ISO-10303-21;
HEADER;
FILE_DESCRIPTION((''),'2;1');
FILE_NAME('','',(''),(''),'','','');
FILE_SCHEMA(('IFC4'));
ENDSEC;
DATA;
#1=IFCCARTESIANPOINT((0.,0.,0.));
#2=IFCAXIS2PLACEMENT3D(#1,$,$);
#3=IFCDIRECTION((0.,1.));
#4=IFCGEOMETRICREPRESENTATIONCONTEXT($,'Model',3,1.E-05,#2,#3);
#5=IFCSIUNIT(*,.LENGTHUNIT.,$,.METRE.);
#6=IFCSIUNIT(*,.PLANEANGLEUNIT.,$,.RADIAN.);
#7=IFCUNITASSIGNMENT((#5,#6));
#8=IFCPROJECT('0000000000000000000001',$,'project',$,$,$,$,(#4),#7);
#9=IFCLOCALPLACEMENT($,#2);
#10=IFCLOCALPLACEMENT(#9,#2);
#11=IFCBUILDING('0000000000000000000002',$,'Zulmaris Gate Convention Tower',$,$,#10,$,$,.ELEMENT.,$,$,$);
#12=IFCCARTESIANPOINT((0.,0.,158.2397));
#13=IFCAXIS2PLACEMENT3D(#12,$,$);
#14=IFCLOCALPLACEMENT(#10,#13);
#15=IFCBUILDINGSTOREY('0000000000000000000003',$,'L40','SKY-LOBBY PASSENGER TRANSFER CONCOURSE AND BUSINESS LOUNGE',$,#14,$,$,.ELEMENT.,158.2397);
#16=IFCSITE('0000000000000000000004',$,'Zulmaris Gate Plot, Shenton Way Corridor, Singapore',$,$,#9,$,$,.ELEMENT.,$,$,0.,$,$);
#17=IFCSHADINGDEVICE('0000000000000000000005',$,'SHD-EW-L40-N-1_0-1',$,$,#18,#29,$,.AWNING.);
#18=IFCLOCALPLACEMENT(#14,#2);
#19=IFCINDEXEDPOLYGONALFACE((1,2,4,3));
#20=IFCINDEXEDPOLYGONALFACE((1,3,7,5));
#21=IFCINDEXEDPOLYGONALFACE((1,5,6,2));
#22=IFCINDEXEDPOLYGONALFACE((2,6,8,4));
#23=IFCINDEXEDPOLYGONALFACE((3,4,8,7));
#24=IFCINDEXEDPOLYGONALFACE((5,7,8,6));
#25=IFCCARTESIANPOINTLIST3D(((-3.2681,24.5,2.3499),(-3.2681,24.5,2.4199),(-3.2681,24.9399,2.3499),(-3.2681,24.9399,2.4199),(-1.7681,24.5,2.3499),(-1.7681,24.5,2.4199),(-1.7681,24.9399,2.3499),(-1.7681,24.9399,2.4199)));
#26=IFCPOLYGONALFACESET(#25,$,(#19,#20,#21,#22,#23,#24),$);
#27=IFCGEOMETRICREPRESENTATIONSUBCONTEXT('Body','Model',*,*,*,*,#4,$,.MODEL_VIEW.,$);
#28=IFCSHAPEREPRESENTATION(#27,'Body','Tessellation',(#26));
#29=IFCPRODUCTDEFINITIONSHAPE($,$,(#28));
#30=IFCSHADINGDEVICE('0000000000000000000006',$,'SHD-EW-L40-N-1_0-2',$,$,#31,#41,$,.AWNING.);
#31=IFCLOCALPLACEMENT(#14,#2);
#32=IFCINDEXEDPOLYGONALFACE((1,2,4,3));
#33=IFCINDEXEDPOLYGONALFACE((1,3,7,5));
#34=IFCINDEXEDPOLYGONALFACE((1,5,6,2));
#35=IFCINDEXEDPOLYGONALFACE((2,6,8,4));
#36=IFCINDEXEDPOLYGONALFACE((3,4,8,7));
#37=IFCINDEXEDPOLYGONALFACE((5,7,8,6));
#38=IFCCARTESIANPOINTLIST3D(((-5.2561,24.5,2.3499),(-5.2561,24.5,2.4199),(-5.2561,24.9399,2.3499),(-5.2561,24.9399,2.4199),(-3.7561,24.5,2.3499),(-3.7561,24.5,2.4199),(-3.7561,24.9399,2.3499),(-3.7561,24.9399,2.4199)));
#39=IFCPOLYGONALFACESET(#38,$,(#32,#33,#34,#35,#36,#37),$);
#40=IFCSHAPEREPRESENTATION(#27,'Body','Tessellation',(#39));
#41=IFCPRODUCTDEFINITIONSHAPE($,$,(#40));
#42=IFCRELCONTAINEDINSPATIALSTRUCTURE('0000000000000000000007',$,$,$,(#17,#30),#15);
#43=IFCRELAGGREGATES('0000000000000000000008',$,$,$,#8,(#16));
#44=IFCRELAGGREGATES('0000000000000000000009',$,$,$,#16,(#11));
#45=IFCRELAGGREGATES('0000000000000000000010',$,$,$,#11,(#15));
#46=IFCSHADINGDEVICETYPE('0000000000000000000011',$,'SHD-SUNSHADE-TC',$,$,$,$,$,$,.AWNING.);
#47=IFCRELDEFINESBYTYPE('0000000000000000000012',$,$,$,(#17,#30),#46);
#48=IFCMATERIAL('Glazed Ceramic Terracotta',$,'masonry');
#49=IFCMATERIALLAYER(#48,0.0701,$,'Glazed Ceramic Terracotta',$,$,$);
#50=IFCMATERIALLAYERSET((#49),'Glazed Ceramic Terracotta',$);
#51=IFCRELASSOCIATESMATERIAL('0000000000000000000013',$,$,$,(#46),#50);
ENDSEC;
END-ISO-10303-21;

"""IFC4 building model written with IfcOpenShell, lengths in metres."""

from ifc_helpers import new_model, si_unit, direction, frame, frame_2d, origin, place, context, subcontext, project, spatial, rectangle, extrude, material, layer, layer_set, type_object, element, save


model = new_model("IFC4")

# Units and contexts
model_context = context("Model", 3, precision=1e-05, world=origin(), true_north=direction((0.0, 1.0)))
body_context = subcontext(model_context, "Body", "Model", "MODEL_VIEW")
ifc_project = project(units=[si_unit("LENGTHUNIT", "METRE"), si_unit("PLANEANGLEUNIT", "RADIAN")], contexts=[model_context])

# Site, building, storey
site_placement = place(None, origin())
site = spatial("IfcSite", under=ifc_project, at=site_placement, Name="Zulmaris Gate Plot, Shenton Way Corridor, Singapore", CompositionType="ELEMENT", RefElevation=0.0)
building_placement = place(site_placement, origin())
building = spatial("IfcBuilding", under=site, at=building_placement, Name="Zulmaris Gate Convention Tower", CompositionType="ELEMENT")
storey_placement = place(building_placement, frame((0.0, 0.0, 158.2397)))
storey = spatial("IfcBuildingStorey", under=building, at=storey_placement, Name="L40", Description="SKY-LOBBY PASSENGER TRANSFER CONCOURSE AND BUSINESS LOUNGE", CompositionType="ELEMENT", Elevation=158.2397)

# Shading devices
ifc_material_1 = material(Name="Glazed Ceramic Terracotta", Category="masonry")
ifc_layer_1 = layer(ifc_material_1, 0.0701, Name="Glazed Ceramic Terracotta")
ifc_layer_set_1 = layer_set([ifc_layer_1], Name="Glazed Ceramic Terracotta")
shading_device_type = type_object("IfcShadingDeviceType", Name="SHD-SUNSHADE-TC", PredefinedType="AWNING", material=ifc_layer_set_1)
for number, where, z_axis, x_axis, name in (
    (1, (-1.7681, 24.72, 2.3499), (0.0, 0.0, 1.0), (-1.0, 0.0, 0.0), "SHD-EW-L40-N-1_0-1"),
    (2, (-3.7561, 24.72, 2.3499), (0.0, 0.0, 1.0), (-1.0, 0.0, 0.0), "SHD-EW-L40-N-1_0-2"),
):
    element("IfcShadingDevice", number, at=place(storey_placement, frame(where, z_axis=z_axis, x_axis=x_axis)), inside=storey, type_object=shading_device_type, Name=name, PredefinedType="AWNING", context=body_context, shape_type="SweptSolid", body=[
        extrude(rectangle(XDim=1.5, YDim=0.4399, at=frame_2d((0.75, 0.0))), origin(), (0.0, 0.0, 1.0), 0.0701),
    ])

save(model, "model.ifc")
